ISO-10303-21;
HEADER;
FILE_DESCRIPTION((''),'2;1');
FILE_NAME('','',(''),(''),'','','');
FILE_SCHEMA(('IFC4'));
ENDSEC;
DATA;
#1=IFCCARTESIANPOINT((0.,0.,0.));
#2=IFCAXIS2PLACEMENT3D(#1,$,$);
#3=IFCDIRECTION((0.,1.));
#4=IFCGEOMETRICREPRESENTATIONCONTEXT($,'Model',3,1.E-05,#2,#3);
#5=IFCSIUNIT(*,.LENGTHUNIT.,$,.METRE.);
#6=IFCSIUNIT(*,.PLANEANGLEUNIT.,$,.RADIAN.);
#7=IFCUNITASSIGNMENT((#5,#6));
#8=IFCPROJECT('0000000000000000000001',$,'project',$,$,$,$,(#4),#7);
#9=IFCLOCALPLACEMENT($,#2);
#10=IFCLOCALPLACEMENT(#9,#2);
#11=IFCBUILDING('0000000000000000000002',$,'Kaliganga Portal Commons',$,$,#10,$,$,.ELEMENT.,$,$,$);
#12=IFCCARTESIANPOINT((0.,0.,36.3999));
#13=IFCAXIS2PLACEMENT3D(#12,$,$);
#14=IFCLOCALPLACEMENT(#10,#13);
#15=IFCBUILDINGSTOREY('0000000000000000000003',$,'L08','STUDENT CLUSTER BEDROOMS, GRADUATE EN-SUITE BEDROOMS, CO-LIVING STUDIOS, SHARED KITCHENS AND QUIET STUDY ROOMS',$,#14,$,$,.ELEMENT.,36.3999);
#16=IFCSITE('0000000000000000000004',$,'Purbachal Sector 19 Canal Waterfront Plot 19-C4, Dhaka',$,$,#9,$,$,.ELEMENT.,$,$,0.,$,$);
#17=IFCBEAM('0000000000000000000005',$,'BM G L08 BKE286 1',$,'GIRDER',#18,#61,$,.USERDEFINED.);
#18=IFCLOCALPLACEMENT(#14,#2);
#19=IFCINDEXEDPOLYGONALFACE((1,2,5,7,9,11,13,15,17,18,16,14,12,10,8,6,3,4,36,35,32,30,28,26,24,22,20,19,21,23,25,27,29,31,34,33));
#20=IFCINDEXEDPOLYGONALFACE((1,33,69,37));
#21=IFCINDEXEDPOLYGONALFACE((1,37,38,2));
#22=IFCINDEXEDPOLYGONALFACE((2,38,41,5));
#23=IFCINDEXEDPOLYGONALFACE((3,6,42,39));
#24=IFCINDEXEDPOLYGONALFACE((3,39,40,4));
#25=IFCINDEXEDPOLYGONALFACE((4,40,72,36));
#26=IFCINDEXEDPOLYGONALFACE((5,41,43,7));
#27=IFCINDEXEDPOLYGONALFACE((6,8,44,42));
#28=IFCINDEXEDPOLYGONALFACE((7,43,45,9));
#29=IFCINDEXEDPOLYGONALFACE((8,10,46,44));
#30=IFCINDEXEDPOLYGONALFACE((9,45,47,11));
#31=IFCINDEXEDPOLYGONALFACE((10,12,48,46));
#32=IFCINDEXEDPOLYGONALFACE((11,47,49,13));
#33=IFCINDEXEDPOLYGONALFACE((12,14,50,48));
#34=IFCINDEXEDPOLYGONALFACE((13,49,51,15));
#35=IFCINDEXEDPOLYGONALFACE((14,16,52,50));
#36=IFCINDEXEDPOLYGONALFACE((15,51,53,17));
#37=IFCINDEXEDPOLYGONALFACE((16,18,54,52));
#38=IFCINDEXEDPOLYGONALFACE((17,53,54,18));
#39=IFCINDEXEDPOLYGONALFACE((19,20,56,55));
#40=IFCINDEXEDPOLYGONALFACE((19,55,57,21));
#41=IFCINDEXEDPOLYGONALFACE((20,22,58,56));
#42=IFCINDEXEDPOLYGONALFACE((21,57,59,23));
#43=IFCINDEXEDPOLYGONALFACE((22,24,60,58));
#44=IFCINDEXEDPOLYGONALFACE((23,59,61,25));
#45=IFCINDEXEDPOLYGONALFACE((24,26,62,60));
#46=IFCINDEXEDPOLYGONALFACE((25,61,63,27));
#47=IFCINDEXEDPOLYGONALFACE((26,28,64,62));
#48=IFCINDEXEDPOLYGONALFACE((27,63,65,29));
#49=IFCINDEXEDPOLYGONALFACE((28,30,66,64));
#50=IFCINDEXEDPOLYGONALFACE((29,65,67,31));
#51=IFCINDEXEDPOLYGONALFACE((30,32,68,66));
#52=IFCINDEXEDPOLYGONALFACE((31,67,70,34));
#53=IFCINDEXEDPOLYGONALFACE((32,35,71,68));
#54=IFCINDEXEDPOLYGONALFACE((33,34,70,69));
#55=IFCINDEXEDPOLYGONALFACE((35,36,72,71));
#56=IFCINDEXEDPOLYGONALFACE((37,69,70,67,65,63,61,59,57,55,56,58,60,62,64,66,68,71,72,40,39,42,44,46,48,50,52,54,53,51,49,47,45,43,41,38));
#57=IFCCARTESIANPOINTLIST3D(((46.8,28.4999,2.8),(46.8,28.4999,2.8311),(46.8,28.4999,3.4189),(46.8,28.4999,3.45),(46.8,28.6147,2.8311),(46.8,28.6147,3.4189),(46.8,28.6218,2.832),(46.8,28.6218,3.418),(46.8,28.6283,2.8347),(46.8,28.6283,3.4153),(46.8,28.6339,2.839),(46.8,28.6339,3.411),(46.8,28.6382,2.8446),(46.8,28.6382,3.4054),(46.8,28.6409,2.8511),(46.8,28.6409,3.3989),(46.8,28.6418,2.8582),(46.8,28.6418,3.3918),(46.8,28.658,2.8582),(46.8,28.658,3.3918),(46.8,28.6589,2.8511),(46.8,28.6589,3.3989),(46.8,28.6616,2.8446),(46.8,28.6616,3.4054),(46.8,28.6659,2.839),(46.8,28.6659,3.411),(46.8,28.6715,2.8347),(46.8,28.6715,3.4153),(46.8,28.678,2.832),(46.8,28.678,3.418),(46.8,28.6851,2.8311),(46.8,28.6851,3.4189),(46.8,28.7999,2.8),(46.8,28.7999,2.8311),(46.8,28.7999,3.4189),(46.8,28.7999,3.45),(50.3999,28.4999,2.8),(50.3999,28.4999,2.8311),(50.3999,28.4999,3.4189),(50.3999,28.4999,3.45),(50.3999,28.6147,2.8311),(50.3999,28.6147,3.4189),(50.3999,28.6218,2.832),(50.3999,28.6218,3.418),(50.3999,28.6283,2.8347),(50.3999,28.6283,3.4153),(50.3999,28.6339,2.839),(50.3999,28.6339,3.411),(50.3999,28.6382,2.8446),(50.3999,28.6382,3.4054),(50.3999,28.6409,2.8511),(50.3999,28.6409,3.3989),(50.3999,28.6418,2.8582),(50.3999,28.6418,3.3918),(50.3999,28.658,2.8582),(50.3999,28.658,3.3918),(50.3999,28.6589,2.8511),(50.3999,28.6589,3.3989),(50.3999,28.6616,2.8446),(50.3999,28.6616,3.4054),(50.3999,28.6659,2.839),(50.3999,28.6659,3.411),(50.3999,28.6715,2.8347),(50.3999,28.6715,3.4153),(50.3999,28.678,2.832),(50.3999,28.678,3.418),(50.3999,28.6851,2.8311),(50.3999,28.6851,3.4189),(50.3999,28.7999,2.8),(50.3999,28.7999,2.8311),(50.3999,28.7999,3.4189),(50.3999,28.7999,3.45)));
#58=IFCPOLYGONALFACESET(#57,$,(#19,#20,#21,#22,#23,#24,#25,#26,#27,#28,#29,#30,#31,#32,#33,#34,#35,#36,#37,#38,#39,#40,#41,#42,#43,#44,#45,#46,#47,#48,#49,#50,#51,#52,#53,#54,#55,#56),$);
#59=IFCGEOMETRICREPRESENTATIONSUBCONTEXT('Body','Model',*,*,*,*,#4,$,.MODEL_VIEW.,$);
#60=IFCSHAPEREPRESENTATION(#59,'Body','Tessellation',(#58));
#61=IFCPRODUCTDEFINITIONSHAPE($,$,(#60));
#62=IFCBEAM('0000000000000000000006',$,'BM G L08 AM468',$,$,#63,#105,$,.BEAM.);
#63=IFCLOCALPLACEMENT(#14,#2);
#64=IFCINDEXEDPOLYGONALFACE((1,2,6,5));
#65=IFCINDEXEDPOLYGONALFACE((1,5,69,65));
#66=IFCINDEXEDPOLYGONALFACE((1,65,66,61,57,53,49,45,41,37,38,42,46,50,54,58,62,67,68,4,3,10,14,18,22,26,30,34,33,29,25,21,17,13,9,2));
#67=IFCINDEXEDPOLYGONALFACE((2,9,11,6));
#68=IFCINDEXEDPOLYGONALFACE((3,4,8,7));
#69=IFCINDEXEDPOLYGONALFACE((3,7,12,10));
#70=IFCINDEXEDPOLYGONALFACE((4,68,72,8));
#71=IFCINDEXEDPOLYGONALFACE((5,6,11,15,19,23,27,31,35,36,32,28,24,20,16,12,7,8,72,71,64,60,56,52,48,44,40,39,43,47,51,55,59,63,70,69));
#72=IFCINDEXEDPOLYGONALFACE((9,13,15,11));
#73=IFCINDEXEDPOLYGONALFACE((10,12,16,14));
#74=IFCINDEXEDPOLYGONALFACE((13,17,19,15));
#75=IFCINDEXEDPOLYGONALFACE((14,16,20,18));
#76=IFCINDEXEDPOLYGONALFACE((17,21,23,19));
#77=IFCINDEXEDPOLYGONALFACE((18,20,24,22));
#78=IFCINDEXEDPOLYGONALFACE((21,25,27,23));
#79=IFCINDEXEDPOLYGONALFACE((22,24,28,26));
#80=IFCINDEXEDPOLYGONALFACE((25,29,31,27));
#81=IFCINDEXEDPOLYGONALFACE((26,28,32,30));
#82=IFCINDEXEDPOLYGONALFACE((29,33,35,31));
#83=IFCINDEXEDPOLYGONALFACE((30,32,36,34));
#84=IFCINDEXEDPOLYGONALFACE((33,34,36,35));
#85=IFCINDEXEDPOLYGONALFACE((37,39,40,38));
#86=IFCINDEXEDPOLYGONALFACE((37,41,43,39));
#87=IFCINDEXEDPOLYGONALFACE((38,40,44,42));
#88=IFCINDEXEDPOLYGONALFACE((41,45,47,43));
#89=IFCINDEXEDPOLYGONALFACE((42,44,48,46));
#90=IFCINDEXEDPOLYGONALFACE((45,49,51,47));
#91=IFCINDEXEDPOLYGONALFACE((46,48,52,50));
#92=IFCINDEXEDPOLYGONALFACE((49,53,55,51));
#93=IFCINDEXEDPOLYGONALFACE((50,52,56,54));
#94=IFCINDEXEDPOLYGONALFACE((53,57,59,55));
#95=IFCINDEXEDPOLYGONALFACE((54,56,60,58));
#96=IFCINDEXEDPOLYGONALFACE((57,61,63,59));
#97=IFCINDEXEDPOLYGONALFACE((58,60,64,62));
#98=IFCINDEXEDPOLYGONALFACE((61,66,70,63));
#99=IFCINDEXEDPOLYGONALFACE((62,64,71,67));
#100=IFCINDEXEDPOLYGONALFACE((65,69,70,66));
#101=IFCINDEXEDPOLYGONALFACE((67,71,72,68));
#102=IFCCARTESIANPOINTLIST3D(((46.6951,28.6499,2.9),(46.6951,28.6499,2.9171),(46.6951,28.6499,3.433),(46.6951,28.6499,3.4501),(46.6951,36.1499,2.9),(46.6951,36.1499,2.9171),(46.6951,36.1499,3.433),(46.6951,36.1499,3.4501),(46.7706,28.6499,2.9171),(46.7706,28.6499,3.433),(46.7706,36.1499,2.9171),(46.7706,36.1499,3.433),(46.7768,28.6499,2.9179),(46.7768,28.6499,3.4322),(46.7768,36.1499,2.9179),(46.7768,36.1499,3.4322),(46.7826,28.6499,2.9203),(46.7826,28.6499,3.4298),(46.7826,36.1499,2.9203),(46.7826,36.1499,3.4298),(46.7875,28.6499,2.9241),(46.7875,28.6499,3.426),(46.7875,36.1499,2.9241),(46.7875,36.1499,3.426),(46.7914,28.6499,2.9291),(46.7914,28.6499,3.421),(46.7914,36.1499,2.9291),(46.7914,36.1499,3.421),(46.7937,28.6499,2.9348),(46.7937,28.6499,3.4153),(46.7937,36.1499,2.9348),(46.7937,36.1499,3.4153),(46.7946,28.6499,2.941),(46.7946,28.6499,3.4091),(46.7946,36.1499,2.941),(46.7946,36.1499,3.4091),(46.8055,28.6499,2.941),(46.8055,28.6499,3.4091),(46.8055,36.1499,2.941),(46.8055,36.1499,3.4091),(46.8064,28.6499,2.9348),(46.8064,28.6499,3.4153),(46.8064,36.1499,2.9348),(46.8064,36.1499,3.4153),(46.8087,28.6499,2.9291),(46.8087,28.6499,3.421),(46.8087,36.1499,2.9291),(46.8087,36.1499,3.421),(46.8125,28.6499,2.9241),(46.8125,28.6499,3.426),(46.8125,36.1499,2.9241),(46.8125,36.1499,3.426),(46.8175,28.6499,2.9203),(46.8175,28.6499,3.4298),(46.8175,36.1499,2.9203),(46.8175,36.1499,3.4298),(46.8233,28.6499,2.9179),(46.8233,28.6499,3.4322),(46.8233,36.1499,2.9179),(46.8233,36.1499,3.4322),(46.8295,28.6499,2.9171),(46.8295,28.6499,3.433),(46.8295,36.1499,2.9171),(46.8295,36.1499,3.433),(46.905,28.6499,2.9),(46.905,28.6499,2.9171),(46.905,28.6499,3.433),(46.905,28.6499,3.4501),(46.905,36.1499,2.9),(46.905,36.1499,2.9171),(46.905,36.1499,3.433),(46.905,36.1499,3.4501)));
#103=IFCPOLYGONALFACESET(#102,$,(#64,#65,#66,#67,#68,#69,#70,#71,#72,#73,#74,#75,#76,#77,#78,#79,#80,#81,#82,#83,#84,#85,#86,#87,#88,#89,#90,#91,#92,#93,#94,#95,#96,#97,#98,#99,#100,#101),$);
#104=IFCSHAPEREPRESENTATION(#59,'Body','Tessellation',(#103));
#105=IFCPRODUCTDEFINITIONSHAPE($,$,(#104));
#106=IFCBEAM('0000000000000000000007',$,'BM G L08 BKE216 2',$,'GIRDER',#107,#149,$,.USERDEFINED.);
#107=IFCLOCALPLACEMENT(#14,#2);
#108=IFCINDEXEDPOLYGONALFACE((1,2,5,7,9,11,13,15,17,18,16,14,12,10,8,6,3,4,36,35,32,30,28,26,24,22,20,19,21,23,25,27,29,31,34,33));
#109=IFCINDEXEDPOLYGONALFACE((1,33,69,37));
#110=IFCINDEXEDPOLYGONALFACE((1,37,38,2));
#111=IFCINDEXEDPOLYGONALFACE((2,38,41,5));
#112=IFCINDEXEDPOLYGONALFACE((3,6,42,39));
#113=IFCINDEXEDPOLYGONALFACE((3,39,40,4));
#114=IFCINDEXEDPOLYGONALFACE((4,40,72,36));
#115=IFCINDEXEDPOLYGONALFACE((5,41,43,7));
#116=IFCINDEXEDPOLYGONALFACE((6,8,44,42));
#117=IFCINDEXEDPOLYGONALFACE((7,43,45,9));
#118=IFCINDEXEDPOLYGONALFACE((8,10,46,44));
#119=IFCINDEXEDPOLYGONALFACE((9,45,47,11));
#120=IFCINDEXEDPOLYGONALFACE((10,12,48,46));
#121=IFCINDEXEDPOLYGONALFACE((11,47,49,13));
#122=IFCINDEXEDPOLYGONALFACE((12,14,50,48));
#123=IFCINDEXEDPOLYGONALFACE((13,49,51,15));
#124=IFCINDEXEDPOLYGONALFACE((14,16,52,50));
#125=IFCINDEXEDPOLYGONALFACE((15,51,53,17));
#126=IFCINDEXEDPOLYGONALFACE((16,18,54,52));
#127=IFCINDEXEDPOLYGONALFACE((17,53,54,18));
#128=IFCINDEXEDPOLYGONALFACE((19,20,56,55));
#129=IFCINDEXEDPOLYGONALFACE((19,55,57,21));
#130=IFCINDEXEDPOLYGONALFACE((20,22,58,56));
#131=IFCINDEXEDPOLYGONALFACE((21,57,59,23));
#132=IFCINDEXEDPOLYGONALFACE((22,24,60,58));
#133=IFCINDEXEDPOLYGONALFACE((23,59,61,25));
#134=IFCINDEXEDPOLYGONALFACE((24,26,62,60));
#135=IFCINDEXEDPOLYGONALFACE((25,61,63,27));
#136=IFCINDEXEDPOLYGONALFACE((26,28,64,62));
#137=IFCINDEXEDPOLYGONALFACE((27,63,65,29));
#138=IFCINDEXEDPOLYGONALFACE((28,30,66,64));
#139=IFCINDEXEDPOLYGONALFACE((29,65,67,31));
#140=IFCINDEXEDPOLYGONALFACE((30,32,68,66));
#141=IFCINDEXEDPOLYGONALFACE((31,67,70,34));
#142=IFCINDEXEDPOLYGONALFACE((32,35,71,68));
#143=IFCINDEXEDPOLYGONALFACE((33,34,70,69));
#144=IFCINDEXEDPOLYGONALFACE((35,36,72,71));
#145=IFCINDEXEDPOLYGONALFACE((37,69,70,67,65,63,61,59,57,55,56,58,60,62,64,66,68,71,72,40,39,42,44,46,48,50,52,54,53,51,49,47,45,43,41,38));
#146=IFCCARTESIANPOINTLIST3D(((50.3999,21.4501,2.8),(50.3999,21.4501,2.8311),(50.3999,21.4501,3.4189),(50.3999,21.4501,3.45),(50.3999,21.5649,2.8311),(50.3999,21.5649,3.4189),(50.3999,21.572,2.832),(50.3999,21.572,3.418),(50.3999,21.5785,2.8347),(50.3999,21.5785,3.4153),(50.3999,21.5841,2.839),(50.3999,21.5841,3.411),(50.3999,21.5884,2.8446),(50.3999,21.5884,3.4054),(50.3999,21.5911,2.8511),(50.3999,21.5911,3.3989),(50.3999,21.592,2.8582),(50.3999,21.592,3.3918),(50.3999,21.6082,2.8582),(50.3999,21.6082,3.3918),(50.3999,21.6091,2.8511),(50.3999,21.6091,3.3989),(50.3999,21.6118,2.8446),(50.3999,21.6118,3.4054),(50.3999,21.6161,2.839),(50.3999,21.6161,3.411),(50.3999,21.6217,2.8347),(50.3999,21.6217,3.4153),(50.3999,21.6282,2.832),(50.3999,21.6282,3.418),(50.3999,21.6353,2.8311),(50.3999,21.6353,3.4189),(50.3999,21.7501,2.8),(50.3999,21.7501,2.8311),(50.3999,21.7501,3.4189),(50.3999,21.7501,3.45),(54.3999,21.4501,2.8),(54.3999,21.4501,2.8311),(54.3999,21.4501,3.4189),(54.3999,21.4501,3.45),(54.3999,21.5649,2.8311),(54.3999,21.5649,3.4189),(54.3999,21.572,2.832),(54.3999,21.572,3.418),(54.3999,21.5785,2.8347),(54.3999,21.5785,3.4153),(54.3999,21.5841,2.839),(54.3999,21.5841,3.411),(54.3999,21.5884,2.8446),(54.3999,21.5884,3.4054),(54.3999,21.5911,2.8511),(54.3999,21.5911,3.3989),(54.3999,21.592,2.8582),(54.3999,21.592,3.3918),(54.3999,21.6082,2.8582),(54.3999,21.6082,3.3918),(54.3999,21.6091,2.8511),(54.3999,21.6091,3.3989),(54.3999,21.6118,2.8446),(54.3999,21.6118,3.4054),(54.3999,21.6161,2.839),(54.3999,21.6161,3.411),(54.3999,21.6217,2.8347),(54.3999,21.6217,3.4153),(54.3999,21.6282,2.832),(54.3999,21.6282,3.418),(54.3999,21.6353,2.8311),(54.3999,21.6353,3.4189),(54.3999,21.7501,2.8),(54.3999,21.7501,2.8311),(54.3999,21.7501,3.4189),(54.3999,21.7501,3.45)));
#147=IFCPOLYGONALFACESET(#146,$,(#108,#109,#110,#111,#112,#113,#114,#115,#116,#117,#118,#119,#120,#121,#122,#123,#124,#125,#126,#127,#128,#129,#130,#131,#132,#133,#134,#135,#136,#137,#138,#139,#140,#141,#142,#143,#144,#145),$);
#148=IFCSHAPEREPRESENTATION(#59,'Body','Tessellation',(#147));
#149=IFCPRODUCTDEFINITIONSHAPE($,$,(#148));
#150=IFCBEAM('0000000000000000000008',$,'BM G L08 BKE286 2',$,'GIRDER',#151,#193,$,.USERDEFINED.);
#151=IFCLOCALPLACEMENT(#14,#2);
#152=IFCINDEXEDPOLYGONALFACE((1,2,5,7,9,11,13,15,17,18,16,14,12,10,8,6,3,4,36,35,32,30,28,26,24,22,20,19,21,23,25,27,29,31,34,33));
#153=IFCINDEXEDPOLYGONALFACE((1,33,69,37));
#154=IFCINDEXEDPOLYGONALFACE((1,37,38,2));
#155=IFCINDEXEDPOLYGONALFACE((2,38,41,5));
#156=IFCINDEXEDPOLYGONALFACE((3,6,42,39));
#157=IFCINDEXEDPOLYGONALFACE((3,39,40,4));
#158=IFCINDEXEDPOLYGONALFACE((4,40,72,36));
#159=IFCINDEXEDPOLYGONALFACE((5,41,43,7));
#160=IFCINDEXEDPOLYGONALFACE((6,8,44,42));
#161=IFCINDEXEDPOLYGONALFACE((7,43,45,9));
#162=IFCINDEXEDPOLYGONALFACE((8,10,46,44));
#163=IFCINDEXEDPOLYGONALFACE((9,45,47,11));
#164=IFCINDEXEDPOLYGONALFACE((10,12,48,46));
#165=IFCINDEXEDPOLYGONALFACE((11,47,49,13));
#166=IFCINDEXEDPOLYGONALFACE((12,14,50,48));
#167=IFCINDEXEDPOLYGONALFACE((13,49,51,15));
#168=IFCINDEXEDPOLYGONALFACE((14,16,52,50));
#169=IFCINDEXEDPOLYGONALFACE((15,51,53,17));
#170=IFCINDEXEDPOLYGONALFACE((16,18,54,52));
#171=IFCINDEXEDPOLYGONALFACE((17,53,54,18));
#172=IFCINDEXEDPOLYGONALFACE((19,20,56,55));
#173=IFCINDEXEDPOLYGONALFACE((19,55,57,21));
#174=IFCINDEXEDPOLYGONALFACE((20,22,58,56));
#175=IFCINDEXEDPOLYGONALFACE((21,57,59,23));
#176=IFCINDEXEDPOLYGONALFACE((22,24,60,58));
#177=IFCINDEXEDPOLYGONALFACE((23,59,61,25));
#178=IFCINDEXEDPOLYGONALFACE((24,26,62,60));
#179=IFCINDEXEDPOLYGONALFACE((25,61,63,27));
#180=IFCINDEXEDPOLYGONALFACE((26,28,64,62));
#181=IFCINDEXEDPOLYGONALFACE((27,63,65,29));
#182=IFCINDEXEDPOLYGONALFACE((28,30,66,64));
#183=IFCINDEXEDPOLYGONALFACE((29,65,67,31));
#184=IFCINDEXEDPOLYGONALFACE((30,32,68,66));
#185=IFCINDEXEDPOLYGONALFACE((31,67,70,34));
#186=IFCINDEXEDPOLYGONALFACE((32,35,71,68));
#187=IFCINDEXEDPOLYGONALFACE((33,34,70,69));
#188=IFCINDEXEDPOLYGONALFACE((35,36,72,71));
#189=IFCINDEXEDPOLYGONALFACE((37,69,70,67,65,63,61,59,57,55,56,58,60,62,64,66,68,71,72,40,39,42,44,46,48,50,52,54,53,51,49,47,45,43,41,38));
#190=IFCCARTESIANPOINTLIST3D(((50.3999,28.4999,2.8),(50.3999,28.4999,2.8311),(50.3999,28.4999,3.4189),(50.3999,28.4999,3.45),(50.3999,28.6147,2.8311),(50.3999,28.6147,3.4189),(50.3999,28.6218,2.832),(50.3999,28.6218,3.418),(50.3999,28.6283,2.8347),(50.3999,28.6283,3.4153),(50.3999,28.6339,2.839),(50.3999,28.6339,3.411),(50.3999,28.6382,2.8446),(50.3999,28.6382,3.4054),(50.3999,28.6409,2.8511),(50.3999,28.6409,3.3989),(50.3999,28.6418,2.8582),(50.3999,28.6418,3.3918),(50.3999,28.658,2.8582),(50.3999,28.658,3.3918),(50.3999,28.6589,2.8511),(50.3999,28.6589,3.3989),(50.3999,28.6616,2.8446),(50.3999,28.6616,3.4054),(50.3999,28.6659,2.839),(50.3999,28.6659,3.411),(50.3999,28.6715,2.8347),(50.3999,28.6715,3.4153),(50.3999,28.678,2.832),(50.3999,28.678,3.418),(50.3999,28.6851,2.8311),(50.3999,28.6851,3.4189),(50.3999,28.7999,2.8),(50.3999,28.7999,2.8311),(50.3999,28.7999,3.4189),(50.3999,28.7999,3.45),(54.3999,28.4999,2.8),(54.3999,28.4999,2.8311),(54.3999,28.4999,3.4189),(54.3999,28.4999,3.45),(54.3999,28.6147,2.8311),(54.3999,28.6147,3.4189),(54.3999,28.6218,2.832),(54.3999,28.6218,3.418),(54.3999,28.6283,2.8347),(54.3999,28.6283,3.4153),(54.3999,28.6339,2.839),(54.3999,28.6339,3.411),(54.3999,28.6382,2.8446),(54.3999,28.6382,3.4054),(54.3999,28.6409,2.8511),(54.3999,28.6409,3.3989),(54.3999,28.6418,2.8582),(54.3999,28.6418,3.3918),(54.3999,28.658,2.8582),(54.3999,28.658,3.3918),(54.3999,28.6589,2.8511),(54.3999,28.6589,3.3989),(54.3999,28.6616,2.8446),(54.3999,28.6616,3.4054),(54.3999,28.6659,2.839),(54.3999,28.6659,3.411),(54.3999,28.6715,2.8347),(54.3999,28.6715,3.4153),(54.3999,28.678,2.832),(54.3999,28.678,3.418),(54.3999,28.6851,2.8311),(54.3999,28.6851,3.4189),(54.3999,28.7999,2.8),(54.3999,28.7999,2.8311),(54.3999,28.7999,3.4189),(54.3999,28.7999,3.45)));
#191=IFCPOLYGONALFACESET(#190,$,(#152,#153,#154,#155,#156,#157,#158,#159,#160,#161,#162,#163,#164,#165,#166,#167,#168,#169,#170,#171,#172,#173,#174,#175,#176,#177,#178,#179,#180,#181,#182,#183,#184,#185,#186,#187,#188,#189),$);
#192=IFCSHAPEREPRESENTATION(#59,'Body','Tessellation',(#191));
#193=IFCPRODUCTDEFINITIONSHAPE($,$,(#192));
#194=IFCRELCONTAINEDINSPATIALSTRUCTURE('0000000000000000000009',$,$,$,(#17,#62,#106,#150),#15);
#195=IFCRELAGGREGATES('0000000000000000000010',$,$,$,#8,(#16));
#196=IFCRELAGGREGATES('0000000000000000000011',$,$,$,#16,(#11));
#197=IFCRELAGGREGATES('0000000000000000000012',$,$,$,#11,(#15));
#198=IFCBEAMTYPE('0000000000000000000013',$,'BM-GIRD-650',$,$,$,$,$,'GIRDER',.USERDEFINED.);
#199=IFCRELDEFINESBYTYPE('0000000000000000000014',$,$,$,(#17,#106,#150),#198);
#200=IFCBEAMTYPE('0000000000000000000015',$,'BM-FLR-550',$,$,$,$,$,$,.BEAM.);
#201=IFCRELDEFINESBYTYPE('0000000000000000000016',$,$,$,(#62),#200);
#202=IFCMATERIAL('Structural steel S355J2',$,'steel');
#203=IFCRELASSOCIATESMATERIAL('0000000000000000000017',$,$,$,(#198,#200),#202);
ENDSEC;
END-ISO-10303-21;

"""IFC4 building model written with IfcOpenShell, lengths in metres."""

from ifc_helpers import new_model, si_unit, direction, frame, origin, origin_2d, place, context, subcontext, project, spatial, i_section, extrude, source, transform, mapped, material, material_profile, profile_set, type_object, element, save


model = new_model("IFC4")

# Units and contexts
model_context = context("Model", 3, precision=1e-05, world=origin(), true_north=direction((0.0, 1.0)))
body_context = subcontext(model_context, "Body", "Model", "MODEL_VIEW")
ifc_project = project(units=[si_unit("LENGTHUNIT", "METRE"), si_unit("PLANEANGLEUNIT", "RADIAN")], contexts=[model_context])

# Site, building, storey
site_placement = place(None, origin())
site = spatial("IfcSite", under=ifc_project, at=site_placement, Name="Purbachal Sector 19 Canal Waterfront Plot 19-C4, Dhaka", CompositionType="ELEMENT", RefElevation=0.0)
building_placement = place(site_placement, origin())
building = spatial("IfcBuilding", under=site, at=building_placement, Name="Kaliganga Portal Commons", CompositionType="ELEMENT")
storey_placement = place(building_placement, frame((0.0, 0.0, 36.3999)))
storey = spatial("IfcBuildingStorey", under=building, at=storey_placement, Name="L08", Description="STUDENT CLUSTER BEDROOMS, GRADUATE EN-SUITE BEDROOMS, CO-LIVING STUDIOS, SHARED KITCHENS AND QUIET STUDY ROOMS", CompositionType="ELEMENT", Elevation=36.3999)

# Beams
ifc_material_1 = material(Name="Structural steel S355J2", Category="steel")
ifc_material_profile_1 = material_profile(ifc_material_1, i_section(OverallWidth=0.3, OverallDepth=0.6499, WebThickness=0.0161, FlangeThickness=0.031, FilletRadius=0.0271, at=origin_2d()), Name="HE 650 B")
ifc_profile_set_1 = profile_set([ifc_material_profile_1], Name="Structural steel S355J2 wide-flange")
beam_type_1 = type_object("IfcBeamType", Name="BM-GIRD-650", ElementType="GIRDER", PredefinedType="USERDEFINED", material=ifc_profile_set_1)
shared_shape_1 = source(origin(), body_context, "Body", "SweptSolid", [
    extrude(i_section(OverallWidth=0.3, OverallDepth=0.6499, WebThickness=0.0161, FlangeThickness=0.031, FilletRadius=0.0271, at=origin_2d()), origin(), (0.0, 0.0, 1.0), 3.5999),
])
beam_1_placement = place(storey_placement, frame((46.8, 28.6499, 3.125), z_axis=(1.0, 0.0, 0.0), x_axis=(0.0, 1.0, 0.0)))
element("IfcBeam", 1, at=beam_1_placement, inside=storey, type_object=beam_type_1, Name="BM G L08 BKE286 1", ObjectType="GIRDER", PredefinedType="USERDEFINED", context=body_context, shape_type="MappedRepresentation", body=[
    mapped(shared_shape_1, transform((0.0, 0.0, 0.0), x_axis=(1.0, 0.0, 0.0), y_axis=(0.0, 1.0, 0.0), z_axis=(0.0, 0.0, 1.0), scale=1.0)),
])
ifc_material_profile_2 = material_profile(ifc_material_1, i_section(OverallWidth=0.21, OverallDepth=0.55, WebThickness=0.011, FlangeThickness=0.0171, FilletRadius=0.0239, at=origin_2d()), Name="IPE 550")
ifc_profile_set_2 = profile_set([ifc_material_profile_2], Name="Structural steel S355J2 wide-flange")
beam_type_2 = type_object("IfcBeamType", Name="BM-FLR-550", PredefinedType="BEAM", material=ifc_profile_set_2)
shared_shape_2 = source(origin(), body_context, "Body", "SweptSolid", [
    extrude(i_section(OverallWidth=0.21, OverallDepth=0.55, WebThickness=0.011, FlangeThickness=0.0171, FilletRadius=0.0239, at=origin_2d()), origin(), (0.0, 0.0, 1.0), 7.5),
])
beam_2_placement = place(storey_placement, frame((46.8, 28.6499, 3.175), z_axis=(0.0, 1.0, 0.0), x_axis=(-1.0, 0.0, 0.0)))
element("IfcBeam", 2, at=beam_2_placement, inside=storey, type_object=beam_type_2, Name="BM G L08 AM468", PredefinedType="BEAM", context=body_context, shape_type="MappedRepresentation", body=[
    mapped(shared_shape_2, transform((0.0, 0.0, 0.0), x_axis=(1.0, 0.0, 0.0), y_axis=(0.0, 1.0, 0.0), z_axis=(0.0, 0.0, 1.0), scale=1.0)),
])
shared_shape_3 = source(origin(), body_context, "Body", "SweptSolid", [
    extrude(i_section(OverallWidth=0.3, OverallDepth=0.6499, WebThickness=0.0161, FlangeThickness=0.031, FilletRadius=0.0271, at=origin_2d()), origin(), (0.0, 0.0, 1.0), 4.0),
])
for number, where, z_axis, x_axis, name in (
    (3, (50.3999, 21.6001, 3.125), (1.0, 0.0, 0.0), (0.0, 1.0, 0.0), "BM G L08 BKE216 2"),
    (4, (50.3999, 28.6499, 3.125), (1.0, 0.0, 0.0), (0.0, 1.0, 0.0), "BM G L08 BKE286 2"),
):
    element("IfcBeam", number, at=place(storey_placement, frame(where, z_axis=z_axis, x_axis=x_axis)), inside=storey, type_object=beam_type_1, Name=name, ObjectType="GIRDER", PredefinedType="USERDEFINED", context=body_context, shape_type="MappedRepresentation", body=[
        mapped(shared_shape_3, transform((0.0, 0.0, 0.0), x_axis=(1.0, 0.0, 0.0), y_axis=(0.0, 1.0, 0.0), z_axis=(0.0, 0.0, 1.0), scale=1.0)),
    ])

save(model, "model.ifc")
